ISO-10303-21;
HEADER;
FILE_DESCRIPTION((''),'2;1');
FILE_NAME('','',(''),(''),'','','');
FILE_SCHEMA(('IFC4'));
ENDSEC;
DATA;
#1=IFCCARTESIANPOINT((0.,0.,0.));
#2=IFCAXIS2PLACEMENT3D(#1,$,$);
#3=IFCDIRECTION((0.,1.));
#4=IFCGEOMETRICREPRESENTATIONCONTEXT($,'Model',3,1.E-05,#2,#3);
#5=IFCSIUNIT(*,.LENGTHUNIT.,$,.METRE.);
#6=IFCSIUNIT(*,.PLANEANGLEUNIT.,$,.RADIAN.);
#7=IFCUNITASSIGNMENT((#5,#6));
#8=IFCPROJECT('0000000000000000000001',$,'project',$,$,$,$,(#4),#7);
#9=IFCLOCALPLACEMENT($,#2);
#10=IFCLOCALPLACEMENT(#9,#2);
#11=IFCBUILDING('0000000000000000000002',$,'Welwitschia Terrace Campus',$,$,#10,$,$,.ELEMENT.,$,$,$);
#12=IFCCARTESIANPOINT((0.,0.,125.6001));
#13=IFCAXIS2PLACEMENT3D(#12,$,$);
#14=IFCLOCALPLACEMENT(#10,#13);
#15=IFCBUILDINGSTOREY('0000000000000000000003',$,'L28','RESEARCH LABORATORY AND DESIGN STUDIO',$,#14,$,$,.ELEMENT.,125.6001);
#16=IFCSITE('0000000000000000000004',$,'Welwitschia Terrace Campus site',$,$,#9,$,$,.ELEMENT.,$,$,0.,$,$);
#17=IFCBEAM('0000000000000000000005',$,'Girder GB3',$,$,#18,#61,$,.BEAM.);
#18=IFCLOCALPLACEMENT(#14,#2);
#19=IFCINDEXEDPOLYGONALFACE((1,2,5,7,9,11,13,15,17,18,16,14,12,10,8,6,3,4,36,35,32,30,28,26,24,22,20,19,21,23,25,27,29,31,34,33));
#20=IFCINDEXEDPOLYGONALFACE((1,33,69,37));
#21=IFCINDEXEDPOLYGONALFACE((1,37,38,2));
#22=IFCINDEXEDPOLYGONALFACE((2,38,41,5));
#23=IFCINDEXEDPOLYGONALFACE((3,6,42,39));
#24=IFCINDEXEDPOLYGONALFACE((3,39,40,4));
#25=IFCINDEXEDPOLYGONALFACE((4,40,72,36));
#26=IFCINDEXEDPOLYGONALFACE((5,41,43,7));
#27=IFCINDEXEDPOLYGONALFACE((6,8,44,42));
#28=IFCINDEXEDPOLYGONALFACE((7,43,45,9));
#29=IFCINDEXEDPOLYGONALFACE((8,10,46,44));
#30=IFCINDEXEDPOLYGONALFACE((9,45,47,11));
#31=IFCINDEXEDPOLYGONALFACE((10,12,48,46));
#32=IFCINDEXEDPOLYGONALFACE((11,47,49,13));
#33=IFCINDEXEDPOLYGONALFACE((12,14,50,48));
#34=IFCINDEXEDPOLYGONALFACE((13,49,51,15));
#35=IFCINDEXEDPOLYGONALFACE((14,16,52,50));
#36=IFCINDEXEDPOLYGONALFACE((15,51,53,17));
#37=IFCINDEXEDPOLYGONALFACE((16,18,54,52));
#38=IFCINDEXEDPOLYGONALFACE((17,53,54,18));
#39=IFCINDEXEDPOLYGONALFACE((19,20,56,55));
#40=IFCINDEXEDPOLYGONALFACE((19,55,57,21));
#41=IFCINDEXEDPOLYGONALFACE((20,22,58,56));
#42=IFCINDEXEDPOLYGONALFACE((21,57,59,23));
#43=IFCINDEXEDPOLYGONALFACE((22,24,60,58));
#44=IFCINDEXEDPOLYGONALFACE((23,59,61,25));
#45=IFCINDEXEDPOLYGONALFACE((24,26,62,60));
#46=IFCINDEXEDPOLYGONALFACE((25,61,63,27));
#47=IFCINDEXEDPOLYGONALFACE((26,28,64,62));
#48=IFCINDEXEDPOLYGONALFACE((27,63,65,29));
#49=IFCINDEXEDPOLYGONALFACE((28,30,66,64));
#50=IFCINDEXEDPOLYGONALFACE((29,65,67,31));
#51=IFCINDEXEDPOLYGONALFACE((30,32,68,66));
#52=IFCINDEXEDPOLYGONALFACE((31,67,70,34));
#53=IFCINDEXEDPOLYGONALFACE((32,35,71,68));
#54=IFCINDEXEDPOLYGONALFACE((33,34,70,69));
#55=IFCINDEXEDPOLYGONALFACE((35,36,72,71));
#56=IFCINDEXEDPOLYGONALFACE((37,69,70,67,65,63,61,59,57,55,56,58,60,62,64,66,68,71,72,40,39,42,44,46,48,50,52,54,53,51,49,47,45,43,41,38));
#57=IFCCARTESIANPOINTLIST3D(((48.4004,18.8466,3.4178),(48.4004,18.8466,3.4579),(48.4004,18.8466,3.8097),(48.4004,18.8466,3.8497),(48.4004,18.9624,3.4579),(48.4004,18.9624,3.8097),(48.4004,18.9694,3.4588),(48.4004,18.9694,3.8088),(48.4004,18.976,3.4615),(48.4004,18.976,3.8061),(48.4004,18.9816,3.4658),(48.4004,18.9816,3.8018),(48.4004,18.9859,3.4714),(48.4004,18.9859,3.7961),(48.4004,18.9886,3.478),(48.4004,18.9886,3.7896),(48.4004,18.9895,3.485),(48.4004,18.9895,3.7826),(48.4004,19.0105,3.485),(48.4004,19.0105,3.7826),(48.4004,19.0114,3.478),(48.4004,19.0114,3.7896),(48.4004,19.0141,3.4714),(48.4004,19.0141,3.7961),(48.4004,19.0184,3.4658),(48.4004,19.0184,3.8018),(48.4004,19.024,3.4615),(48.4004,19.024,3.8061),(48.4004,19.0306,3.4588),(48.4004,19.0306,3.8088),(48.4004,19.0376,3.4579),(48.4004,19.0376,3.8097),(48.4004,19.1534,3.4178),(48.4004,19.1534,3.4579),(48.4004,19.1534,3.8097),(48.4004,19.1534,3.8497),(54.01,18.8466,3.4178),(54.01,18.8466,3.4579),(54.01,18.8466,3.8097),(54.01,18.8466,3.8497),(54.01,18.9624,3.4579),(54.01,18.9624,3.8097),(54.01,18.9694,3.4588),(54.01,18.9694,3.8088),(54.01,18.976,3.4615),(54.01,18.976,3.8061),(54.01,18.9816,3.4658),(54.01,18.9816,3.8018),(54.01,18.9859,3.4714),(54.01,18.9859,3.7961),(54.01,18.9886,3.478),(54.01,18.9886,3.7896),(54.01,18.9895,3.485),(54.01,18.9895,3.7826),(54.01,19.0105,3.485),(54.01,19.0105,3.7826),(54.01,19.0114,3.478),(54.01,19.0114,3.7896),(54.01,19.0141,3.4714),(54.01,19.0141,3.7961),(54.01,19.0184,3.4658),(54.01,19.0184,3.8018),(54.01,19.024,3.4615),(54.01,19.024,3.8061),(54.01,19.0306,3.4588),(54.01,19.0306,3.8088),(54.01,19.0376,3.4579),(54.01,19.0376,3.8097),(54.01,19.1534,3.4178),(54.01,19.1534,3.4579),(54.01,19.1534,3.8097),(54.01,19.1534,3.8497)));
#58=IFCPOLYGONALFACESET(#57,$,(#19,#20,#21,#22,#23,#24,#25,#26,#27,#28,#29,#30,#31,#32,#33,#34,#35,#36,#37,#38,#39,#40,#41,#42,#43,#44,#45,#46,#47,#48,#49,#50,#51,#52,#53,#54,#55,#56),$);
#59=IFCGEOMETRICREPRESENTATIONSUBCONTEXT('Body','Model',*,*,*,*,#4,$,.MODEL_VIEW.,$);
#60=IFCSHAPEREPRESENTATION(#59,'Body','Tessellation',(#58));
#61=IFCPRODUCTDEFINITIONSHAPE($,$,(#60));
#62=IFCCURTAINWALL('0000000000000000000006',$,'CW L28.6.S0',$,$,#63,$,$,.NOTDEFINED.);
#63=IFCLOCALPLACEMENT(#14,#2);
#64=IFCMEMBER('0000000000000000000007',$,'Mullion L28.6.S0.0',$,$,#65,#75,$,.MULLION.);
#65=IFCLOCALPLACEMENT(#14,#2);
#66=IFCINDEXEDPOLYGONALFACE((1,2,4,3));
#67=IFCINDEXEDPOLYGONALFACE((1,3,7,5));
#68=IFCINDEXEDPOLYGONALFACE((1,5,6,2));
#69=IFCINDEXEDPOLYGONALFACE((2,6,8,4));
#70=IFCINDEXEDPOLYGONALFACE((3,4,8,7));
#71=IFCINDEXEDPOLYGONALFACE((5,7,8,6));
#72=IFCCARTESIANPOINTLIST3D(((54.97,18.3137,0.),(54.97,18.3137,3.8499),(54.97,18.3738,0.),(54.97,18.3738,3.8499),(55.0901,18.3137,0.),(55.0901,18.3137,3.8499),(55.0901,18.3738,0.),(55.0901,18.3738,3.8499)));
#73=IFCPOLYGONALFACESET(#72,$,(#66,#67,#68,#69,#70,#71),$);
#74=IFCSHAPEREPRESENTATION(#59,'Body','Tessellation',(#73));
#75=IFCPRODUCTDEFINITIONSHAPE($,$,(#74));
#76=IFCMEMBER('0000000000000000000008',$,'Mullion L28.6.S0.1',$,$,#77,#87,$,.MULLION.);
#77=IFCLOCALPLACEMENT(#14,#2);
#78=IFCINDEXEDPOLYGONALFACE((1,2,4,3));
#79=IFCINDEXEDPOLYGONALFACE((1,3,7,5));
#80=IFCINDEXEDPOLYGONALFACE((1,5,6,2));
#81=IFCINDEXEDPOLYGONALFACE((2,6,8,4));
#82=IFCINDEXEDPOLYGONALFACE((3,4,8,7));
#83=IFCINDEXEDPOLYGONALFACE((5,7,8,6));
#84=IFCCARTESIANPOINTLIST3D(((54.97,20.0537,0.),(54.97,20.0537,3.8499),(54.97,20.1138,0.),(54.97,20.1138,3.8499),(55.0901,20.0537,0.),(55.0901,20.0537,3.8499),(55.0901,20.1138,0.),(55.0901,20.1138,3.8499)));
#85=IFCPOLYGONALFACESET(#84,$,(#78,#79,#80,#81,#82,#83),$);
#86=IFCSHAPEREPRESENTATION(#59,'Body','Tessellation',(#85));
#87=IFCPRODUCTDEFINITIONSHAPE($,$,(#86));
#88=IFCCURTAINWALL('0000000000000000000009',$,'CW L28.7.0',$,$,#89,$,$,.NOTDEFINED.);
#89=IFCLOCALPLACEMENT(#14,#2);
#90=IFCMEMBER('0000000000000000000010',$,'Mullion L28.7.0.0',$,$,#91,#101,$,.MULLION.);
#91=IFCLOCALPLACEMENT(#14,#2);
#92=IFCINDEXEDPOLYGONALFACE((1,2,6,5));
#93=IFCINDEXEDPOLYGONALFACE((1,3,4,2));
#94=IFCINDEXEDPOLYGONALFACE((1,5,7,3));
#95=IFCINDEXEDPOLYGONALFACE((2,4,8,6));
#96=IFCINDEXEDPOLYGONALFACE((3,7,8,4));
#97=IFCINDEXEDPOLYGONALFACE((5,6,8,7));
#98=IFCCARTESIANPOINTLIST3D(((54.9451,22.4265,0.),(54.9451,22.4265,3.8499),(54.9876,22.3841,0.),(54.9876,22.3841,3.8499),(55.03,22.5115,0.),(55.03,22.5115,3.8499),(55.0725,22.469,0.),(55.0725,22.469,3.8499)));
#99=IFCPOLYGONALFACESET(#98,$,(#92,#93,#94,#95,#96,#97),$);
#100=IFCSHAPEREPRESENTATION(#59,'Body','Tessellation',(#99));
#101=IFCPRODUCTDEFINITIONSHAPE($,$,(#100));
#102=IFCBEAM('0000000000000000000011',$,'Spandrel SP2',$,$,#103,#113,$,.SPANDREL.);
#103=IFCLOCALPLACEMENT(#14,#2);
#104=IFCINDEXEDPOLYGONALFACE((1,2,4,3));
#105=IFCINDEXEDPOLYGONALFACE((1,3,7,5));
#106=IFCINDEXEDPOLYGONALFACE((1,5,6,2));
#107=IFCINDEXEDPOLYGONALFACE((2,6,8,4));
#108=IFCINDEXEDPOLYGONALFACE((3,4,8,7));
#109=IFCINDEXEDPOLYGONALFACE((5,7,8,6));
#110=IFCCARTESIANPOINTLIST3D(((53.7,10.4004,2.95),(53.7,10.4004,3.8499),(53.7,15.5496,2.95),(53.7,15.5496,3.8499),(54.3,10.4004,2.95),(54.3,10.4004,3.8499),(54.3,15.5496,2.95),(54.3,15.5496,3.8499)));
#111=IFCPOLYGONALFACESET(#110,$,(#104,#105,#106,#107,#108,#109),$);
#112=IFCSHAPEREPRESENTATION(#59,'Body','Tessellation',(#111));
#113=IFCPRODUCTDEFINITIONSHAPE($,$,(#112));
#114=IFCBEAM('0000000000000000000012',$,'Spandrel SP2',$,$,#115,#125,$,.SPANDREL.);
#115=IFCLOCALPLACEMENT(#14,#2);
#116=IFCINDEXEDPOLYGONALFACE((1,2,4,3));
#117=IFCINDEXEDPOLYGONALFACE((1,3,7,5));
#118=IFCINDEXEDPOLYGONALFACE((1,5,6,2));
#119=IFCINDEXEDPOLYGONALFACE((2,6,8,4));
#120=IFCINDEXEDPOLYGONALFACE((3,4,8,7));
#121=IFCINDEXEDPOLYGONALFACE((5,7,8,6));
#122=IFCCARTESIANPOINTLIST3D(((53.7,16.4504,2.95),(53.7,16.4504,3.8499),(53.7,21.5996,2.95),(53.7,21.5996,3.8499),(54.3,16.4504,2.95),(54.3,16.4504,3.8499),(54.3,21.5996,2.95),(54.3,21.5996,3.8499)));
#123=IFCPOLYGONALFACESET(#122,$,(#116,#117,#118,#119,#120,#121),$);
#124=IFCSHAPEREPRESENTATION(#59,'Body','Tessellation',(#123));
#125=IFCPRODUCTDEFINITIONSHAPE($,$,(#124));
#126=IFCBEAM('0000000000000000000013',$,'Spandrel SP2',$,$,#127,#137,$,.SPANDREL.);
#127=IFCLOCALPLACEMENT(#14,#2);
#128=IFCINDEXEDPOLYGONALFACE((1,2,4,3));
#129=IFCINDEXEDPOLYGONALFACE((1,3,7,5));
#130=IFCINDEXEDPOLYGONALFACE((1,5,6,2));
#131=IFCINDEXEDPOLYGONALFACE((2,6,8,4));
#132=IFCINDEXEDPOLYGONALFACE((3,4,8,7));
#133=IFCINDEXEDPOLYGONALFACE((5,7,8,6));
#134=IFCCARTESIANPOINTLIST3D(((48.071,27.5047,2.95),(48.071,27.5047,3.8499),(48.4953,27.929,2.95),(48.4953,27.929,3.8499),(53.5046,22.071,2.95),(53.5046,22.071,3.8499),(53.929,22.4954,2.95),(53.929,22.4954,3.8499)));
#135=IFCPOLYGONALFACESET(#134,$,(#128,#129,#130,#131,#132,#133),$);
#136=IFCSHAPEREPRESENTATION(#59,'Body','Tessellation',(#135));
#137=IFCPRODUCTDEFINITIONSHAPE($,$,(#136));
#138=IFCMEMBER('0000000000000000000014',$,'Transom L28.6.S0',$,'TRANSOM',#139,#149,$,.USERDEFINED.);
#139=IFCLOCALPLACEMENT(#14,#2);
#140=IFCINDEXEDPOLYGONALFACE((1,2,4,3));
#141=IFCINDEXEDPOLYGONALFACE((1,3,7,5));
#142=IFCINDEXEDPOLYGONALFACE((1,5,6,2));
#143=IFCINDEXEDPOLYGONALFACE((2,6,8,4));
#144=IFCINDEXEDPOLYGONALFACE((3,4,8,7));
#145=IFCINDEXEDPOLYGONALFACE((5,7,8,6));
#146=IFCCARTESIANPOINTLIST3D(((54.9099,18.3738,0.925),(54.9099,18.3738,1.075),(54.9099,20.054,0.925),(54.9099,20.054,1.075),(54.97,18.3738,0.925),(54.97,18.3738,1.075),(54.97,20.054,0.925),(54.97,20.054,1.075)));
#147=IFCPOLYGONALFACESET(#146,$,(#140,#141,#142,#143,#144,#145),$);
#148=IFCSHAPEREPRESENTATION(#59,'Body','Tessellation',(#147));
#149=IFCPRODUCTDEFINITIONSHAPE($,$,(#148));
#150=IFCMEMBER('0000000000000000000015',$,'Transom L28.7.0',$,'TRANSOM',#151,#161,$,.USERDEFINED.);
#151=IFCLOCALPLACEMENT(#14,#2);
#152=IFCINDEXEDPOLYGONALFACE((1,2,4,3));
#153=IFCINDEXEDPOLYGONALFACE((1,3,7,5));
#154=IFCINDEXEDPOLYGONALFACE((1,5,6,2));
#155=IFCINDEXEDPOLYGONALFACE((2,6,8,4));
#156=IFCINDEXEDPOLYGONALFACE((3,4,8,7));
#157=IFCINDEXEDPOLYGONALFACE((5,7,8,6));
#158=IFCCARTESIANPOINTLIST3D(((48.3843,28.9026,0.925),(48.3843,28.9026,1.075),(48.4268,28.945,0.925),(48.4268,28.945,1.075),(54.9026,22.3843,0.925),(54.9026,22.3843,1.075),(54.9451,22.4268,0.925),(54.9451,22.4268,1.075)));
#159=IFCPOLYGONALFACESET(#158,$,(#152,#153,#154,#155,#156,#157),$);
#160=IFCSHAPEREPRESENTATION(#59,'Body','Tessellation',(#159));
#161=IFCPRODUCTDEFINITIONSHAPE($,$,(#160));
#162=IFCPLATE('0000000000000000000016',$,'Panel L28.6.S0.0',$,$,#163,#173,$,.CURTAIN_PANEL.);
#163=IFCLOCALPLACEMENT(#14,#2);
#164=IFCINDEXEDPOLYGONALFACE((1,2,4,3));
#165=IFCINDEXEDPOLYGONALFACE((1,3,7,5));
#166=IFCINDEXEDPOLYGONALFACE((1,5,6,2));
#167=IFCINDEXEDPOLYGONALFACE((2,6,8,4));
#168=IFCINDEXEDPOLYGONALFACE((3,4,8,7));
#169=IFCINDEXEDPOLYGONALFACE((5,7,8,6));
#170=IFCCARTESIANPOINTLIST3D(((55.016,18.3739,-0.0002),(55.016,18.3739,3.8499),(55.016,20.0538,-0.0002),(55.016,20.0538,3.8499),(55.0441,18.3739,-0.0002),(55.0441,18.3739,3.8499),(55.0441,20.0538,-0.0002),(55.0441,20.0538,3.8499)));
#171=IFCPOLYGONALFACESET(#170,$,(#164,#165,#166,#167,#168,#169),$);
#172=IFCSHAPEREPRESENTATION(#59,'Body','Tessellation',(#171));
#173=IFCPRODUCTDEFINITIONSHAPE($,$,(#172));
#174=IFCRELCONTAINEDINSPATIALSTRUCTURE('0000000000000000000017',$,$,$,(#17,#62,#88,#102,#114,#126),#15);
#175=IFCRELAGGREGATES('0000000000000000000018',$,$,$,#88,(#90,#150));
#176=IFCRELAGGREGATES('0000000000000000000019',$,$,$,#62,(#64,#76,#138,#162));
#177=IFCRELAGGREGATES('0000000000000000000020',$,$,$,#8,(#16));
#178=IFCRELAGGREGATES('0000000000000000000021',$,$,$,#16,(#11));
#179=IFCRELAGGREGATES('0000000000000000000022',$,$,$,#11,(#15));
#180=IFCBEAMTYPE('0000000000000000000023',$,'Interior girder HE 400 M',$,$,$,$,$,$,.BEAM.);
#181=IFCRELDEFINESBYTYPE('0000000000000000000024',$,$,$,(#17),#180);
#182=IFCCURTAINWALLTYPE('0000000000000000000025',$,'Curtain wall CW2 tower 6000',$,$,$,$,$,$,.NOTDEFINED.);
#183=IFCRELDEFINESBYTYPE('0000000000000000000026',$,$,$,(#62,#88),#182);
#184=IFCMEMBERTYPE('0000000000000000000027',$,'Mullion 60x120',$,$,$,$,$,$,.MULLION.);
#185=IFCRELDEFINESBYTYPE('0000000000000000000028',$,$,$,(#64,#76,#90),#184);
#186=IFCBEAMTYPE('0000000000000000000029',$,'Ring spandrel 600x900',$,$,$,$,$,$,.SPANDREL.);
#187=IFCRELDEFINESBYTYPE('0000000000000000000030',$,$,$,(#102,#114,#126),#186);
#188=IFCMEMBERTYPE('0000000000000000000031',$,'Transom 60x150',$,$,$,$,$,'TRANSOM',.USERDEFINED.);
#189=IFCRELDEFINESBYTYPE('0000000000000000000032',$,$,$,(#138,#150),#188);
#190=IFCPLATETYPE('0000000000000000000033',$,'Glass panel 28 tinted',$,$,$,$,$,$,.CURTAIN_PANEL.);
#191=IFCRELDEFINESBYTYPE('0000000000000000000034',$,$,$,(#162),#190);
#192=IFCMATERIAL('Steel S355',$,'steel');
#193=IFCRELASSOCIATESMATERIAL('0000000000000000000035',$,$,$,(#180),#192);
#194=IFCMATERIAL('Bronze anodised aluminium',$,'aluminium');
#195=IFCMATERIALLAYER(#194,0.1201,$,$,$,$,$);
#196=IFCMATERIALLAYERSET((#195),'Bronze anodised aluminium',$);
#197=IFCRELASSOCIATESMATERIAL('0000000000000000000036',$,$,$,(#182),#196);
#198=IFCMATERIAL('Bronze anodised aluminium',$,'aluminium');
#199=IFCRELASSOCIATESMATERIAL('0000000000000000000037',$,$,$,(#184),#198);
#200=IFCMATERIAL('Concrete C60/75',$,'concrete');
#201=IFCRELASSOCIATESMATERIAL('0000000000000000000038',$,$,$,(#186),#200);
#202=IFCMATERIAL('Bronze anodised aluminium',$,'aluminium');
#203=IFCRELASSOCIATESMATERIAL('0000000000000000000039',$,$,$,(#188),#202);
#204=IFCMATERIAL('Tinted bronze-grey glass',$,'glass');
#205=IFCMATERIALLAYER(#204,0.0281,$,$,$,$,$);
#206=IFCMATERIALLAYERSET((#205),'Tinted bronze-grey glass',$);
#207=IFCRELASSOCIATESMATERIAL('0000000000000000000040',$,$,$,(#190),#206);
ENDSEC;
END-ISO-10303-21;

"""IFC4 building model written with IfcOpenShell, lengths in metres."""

from ifc_helpers import new_model, si_unit, direction, frame, origin, origin_2d, place, context, subcontext, project, spatial, rectangle, i_section, extrude, material, layer, layer_set, material_profile, profile_set, type_object, element, aggregate, save


model = new_model("IFC4")

# Units and contexts
model_context = context("Model", 3, precision=1e-05, world=origin(), true_north=direction((0.0, 1.0)))
body_context = subcontext(model_context, "Body", "Model", "MODEL_VIEW")
ifc_project = project(units=[si_unit("LENGTHUNIT", "METRE"), si_unit("PLANEANGLEUNIT", "RADIAN")], contexts=[model_context])

# Site, building, storey
site_placement = place(None, origin())
site = spatial("IfcSite", under=ifc_project, at=site_placement, Name="Welwitschia Terrace Campus site", CompositionType="ELEMENT", RefElevation=0.0)
building_placement = place(site_placement, origin())
building = spatial("IfcBuilding", under=site, at=building_placement, Name="Welwitschia Terrace Campus", CompositionType="ELEMENT")
storey_placement = place(building_placement, frame((0.0, 0.0, 125.6001)))
storey = spatial("IfcBuildingStorey", under=building, at=storey_placement, Name="L28", Description="RESEARCH LABORATORY AND DESIGN STUDIO", CompositionType="ELEMENT", Elevation=125.6001)

# Beam
ifc_material_1 = material(Name="Steel S355", Category="steel")
ifc_material_profile_1 = material_profile(ifc_material_1, i_section(OverallWidth=0.3069, OverallDepth=0.4319, WebThickness=0.021, FlangeThickness=0.04, FilletRadius=0.0271, at=origin_2d()))
ifc_profile_set_1 = profile_set([ifc_material_profile_1], Name="Steel S355")
beam_type_1 = type_object("IfcBeamType", Name="Interior girder HE 400 M", PredefinedType="BEAM", material=ifc_profile_set_1)
for number, where, z_axis, x_axis, name in (
    (1, (48.4004, 19.0, 3.6338), (1.0, 0.0, 0.0), (0.0, 1.0, 0.0), "Girder GB3"),
):
    element("IfcBeam", number, at=place(storey_placement, frame(where, z_axis=z_axis, x_axis=x_axis)), inside=storey, type_object=beam_type_1, Name=name, PredefinedType="BEAM", context=body_context, shape_type="SweptSolid", body=[
        extrude(i_section(OverallWidth=0.3069, OverallDepth=0.4319, WebThickness=0.021, FlangeThickness=0.04, FilletRadius=0.0271, at=origin_2d()), origin(), (0.0, 0.0, 1.0), 5.6096),
    ])

# Curtain wall, members
ifc_material_2 = material(Name="Bronze anodised aluminium", Category="aluminium")
ifc_layer_1 = layer(ifc_material_2, 0.1201)
ifc_layer_set_1 = layer_set([ifc_layer_1], Name="Bronze anodised aluminium")
curtain_wall_type = type_object("IfcCurtainWallType", Name="Curtain wall CW2 tower 6000", PredefinedType="NOTDEFINED", material=ifc_layer_set_1)
curtain_wall_1_placement = place(storey_placement, origin())
curtain_wall_1 = element("IfcCurtainWall", 2, at=curtain_wall_1_placement, inside=storey, type_object=curtain_wall_type, Name="CW L28.6.S0", PredefinedType="NOTDEFINED")
ifc_material_3 = material(Name="Bronze anodised aluminium", Category="aluminium")
ifc_material_profile_2 = material_profile(ifc_material_3, rectangle(XDim=0.1201, YDim=0.0601, at=origin_2d()))
ifc_profile_set_2 = profile_set([ifc_material_profile_2], Name="Bronze anodised aluminium")
member_type_1 = type_object("IfcMemberType", Name="Mullion 60x120", PredefinedType="MULLION", material=ifc_profile_set_2)
member_1_placement = place(storey_placement, frame((55.03, 18.3438, 0.0), z_axis=(0.0, 0.0, 1.0), x_axis=(-1.0, 0.0, 0.0)))
member_1 = element("IfcMember", 3, at=member_1_placement, type_object=member_type_1, Name="Mullion L28.6.S0.0", PredefinedType="MULLION", context=body_context, shape_type="SweptSolid", body=[
    extrude(rectangle(XDim=0.1201, YDim=0.0601, at=origin_2d()), origin(), (0.0, 0.0, 1.0), 3.8499),
])
member_2_placement = place(storey_placement, frame((55.03, 20.0837, 0.0), z_axis=(0.0, 0.0, 1.0), x_axis=(-1.0, 0.0, 0.0)))
member_2 = element("IfcMember", 4, at=member_2_placement, type_object=member_type_1, Name="Mullion L28.6.S0.1", PredefinedType="MULLION", context=body_context, shape_type="SweptSolid", body=[
    extrude(rectangle(XDim=0.1201, YDim=0.0601, at=origin_2d()), origin(), (0.0, 0.0, 1.0), 3.8499),
])

# Curtain wall, member
curtain_wall_2_placement = place(storey_placement, origin())
curtain_wall_2 = element("IfcCurtainWall", 5, at=curtain_wall_2_placement, inside=storey, type_object=curtain_wall_type, Name="CW L28.7.0", PredefinedType="NOTDEFINED")
member_3_placement = place(storey_placement, frame((55.0088, 22.4478, 0.0), z_axis=(0.0, 0.0, 1.0), x_axis=(-0.707107, -0.707107, 0.0)))
member_3 = element("IfcMember", 6, at=member_3_placement, type_object=member_type_1, Name="Mullion L28.7.0.0", PredefinedType="MULLION", context=body_context, shape_type="SweptSolid", body=[
    extrude(rectangle(XDim=0.1201, YDim=0.0601, at=origin_2d()), origin(), (0.0, 0.0, 1.0), 3.8499),
])

# Beams
ifc_material_4 = material(Name="Concrete C60/75", Category="concrete")
ifc_material_profile_3 = material_profile(ifc_material_4, rectangle(XDim=0.6001, YDim=0.8999, at=origin_2d()))
ifc_profile_set_3 = profile_set([ifc_material_profile_3], Name="Concrete C60/75")
beam_type_2 = type_object("IfcBeamType", Name="Ring spandrel 600x900", PredefinedType="SPANDREL", material=ifc_profile_set_3)
for number, where, z_axis, x_axis, name in (
    (7, (54.0, 10.4004, 3.3999), (0.0, 1.0, 0.0), (-1.0, 0.0, 0.0), "Spandrel SP2"),
    (8, (54.0, 16.4504, 3.3999), (0.0, 1.0, 0.0), (-1.0, 0.0, 0.0), "Spandrel SP2"),
):
    element("IfcBeam", number, at=place(storey_placement, frame(where, z_axis=z_axis, x_axis=x_axis)), inside=storey, type_object=beam_type_2, Name=name, PredefinedType="SPANDREL", context=body_context, shape_type="SweptSolid", body=[
        extrude(rectangle(XDim=0.6001, YDim=0.8999, at=origin_2d()), origin(), (0.0, 0.0, 1.0), 5.1492),
    ])
beam_placement = place(storey_placement, frame((53.7168, 22.2832, 3.3999), z_axis=(-0.707107, 0.707107, 0.0), x_axis=(-0.707107, -0.707107, 0.0)))
element("IfcBeam", 9, at=beam_placement, inside=storey, type_object=beam_type_2, Name="Spandrel SP2", PredefinedType="SPANDREL", context=body_context, shape_type="SweptSolid", body=[
    extrude(rectangle(XDim=0.6001, YDim=0.8999, at=origin_2d()), origin(), (0.0, 0.0, 1.0), 7.6843),
])

# Members
ifc_material_5 = material(Name="Bronze anodised aluminium", Category="aluminium")
ifc_material_profile_4 = material_profile(ifc_material_5, rectangle(XDim=0.0601, YDim=0.1499, at=origin_2d()))
ifc_profile_set_4 = profile_set([ifc_material_profile_4], Name="Bronze anodised aluminium")
member_type_2 = type_object("IfcMemberType", Name="Transom 60x150", ElementType="TRANSOM", PredefinedType="USERDEFINED", material=ifc_profile_set_4)
member_4_placement = place(storey_placement, frame((54.9399, 18.3738, 1.0), z_axis=(0.0, 1.0, 0.0), x_axis=(-1.0, 0.0, 0.0)))
member_4 = element("IfcMember", 10, at=member_4_placement, type_object=member_type_2, Name="Transom L28.6.S0", ObjectType="TRANSOM", PredefinedType="USERDEFINED", context=body_context, shape_type="SweptSolid", body=[
    extrude(rectangle(XDim=0.0601, YDim=0.1499, at=origin_2d()), origin(), (0.0, 0.0, 1.0), 1.6802),
])
member_5_placement = place(storey_placement, frame((54.9238, 22.4055, 1.0), z_axis=(-0.707107, 0.707107, 0.0), x_axis=(-0.707107, -0.707107, 0.0)))
member_5 = element("IfcMember", 11, at=member_5_placement, type_object=member_type_2, Name="Transom L28.7.0", ObjectType="TRANSOM", PredefinedType="USERDEFINED", context=body_context, shape_type="SweptSolid", body=[
    extrude(rectangle(XDim=0.0601, YDim=0.1499, at=origin_2d()), origin(), (0.0, 0.0, 1.0), 9.2183),
])
aggregate(curtain_wall_2, [member_3, member_5])

# Plate
ifc_material_6 = material(Name="Tinted bronze-grey glass", Category="glass")
ifc_layer_2 = layer(ifc_material_6, 0.0281)
ifc_layer_set_2 = layer_set([ifc_layer_2], Name="Tinted bronze-grey glass")
plate_type = type_object("IfcPlateType", Name="Glass panel 28 tinted", PredefinedType="CURTAIN_PANEL", material=ifc_layer_set_2)
plate_placement = place(storey_placement, frame((55.03, 19.2139, -0.0002), z_axis=(0.0, 0.0, 1.0), x_axis=(0.0, 1.0, 0.0)))
plate = element("IfcPlate", 12, at=plate_placement, type_object=plate_type, Name="Panel L28.6.S0.0", PredefinedType="CURTAIN_PANEL", context=body_context, shape_type="SweptSolid", body=[
    extrude(rectangle(XDim=1.6799, YDim=0.0281, at=origin_2d()), origin(), (0.0, 0.0, 1.0), 3.8501),
])
aggregate(curtain_wall_1, [member_1, member_2, member_4, plate])

save(model, "model.ifc")
